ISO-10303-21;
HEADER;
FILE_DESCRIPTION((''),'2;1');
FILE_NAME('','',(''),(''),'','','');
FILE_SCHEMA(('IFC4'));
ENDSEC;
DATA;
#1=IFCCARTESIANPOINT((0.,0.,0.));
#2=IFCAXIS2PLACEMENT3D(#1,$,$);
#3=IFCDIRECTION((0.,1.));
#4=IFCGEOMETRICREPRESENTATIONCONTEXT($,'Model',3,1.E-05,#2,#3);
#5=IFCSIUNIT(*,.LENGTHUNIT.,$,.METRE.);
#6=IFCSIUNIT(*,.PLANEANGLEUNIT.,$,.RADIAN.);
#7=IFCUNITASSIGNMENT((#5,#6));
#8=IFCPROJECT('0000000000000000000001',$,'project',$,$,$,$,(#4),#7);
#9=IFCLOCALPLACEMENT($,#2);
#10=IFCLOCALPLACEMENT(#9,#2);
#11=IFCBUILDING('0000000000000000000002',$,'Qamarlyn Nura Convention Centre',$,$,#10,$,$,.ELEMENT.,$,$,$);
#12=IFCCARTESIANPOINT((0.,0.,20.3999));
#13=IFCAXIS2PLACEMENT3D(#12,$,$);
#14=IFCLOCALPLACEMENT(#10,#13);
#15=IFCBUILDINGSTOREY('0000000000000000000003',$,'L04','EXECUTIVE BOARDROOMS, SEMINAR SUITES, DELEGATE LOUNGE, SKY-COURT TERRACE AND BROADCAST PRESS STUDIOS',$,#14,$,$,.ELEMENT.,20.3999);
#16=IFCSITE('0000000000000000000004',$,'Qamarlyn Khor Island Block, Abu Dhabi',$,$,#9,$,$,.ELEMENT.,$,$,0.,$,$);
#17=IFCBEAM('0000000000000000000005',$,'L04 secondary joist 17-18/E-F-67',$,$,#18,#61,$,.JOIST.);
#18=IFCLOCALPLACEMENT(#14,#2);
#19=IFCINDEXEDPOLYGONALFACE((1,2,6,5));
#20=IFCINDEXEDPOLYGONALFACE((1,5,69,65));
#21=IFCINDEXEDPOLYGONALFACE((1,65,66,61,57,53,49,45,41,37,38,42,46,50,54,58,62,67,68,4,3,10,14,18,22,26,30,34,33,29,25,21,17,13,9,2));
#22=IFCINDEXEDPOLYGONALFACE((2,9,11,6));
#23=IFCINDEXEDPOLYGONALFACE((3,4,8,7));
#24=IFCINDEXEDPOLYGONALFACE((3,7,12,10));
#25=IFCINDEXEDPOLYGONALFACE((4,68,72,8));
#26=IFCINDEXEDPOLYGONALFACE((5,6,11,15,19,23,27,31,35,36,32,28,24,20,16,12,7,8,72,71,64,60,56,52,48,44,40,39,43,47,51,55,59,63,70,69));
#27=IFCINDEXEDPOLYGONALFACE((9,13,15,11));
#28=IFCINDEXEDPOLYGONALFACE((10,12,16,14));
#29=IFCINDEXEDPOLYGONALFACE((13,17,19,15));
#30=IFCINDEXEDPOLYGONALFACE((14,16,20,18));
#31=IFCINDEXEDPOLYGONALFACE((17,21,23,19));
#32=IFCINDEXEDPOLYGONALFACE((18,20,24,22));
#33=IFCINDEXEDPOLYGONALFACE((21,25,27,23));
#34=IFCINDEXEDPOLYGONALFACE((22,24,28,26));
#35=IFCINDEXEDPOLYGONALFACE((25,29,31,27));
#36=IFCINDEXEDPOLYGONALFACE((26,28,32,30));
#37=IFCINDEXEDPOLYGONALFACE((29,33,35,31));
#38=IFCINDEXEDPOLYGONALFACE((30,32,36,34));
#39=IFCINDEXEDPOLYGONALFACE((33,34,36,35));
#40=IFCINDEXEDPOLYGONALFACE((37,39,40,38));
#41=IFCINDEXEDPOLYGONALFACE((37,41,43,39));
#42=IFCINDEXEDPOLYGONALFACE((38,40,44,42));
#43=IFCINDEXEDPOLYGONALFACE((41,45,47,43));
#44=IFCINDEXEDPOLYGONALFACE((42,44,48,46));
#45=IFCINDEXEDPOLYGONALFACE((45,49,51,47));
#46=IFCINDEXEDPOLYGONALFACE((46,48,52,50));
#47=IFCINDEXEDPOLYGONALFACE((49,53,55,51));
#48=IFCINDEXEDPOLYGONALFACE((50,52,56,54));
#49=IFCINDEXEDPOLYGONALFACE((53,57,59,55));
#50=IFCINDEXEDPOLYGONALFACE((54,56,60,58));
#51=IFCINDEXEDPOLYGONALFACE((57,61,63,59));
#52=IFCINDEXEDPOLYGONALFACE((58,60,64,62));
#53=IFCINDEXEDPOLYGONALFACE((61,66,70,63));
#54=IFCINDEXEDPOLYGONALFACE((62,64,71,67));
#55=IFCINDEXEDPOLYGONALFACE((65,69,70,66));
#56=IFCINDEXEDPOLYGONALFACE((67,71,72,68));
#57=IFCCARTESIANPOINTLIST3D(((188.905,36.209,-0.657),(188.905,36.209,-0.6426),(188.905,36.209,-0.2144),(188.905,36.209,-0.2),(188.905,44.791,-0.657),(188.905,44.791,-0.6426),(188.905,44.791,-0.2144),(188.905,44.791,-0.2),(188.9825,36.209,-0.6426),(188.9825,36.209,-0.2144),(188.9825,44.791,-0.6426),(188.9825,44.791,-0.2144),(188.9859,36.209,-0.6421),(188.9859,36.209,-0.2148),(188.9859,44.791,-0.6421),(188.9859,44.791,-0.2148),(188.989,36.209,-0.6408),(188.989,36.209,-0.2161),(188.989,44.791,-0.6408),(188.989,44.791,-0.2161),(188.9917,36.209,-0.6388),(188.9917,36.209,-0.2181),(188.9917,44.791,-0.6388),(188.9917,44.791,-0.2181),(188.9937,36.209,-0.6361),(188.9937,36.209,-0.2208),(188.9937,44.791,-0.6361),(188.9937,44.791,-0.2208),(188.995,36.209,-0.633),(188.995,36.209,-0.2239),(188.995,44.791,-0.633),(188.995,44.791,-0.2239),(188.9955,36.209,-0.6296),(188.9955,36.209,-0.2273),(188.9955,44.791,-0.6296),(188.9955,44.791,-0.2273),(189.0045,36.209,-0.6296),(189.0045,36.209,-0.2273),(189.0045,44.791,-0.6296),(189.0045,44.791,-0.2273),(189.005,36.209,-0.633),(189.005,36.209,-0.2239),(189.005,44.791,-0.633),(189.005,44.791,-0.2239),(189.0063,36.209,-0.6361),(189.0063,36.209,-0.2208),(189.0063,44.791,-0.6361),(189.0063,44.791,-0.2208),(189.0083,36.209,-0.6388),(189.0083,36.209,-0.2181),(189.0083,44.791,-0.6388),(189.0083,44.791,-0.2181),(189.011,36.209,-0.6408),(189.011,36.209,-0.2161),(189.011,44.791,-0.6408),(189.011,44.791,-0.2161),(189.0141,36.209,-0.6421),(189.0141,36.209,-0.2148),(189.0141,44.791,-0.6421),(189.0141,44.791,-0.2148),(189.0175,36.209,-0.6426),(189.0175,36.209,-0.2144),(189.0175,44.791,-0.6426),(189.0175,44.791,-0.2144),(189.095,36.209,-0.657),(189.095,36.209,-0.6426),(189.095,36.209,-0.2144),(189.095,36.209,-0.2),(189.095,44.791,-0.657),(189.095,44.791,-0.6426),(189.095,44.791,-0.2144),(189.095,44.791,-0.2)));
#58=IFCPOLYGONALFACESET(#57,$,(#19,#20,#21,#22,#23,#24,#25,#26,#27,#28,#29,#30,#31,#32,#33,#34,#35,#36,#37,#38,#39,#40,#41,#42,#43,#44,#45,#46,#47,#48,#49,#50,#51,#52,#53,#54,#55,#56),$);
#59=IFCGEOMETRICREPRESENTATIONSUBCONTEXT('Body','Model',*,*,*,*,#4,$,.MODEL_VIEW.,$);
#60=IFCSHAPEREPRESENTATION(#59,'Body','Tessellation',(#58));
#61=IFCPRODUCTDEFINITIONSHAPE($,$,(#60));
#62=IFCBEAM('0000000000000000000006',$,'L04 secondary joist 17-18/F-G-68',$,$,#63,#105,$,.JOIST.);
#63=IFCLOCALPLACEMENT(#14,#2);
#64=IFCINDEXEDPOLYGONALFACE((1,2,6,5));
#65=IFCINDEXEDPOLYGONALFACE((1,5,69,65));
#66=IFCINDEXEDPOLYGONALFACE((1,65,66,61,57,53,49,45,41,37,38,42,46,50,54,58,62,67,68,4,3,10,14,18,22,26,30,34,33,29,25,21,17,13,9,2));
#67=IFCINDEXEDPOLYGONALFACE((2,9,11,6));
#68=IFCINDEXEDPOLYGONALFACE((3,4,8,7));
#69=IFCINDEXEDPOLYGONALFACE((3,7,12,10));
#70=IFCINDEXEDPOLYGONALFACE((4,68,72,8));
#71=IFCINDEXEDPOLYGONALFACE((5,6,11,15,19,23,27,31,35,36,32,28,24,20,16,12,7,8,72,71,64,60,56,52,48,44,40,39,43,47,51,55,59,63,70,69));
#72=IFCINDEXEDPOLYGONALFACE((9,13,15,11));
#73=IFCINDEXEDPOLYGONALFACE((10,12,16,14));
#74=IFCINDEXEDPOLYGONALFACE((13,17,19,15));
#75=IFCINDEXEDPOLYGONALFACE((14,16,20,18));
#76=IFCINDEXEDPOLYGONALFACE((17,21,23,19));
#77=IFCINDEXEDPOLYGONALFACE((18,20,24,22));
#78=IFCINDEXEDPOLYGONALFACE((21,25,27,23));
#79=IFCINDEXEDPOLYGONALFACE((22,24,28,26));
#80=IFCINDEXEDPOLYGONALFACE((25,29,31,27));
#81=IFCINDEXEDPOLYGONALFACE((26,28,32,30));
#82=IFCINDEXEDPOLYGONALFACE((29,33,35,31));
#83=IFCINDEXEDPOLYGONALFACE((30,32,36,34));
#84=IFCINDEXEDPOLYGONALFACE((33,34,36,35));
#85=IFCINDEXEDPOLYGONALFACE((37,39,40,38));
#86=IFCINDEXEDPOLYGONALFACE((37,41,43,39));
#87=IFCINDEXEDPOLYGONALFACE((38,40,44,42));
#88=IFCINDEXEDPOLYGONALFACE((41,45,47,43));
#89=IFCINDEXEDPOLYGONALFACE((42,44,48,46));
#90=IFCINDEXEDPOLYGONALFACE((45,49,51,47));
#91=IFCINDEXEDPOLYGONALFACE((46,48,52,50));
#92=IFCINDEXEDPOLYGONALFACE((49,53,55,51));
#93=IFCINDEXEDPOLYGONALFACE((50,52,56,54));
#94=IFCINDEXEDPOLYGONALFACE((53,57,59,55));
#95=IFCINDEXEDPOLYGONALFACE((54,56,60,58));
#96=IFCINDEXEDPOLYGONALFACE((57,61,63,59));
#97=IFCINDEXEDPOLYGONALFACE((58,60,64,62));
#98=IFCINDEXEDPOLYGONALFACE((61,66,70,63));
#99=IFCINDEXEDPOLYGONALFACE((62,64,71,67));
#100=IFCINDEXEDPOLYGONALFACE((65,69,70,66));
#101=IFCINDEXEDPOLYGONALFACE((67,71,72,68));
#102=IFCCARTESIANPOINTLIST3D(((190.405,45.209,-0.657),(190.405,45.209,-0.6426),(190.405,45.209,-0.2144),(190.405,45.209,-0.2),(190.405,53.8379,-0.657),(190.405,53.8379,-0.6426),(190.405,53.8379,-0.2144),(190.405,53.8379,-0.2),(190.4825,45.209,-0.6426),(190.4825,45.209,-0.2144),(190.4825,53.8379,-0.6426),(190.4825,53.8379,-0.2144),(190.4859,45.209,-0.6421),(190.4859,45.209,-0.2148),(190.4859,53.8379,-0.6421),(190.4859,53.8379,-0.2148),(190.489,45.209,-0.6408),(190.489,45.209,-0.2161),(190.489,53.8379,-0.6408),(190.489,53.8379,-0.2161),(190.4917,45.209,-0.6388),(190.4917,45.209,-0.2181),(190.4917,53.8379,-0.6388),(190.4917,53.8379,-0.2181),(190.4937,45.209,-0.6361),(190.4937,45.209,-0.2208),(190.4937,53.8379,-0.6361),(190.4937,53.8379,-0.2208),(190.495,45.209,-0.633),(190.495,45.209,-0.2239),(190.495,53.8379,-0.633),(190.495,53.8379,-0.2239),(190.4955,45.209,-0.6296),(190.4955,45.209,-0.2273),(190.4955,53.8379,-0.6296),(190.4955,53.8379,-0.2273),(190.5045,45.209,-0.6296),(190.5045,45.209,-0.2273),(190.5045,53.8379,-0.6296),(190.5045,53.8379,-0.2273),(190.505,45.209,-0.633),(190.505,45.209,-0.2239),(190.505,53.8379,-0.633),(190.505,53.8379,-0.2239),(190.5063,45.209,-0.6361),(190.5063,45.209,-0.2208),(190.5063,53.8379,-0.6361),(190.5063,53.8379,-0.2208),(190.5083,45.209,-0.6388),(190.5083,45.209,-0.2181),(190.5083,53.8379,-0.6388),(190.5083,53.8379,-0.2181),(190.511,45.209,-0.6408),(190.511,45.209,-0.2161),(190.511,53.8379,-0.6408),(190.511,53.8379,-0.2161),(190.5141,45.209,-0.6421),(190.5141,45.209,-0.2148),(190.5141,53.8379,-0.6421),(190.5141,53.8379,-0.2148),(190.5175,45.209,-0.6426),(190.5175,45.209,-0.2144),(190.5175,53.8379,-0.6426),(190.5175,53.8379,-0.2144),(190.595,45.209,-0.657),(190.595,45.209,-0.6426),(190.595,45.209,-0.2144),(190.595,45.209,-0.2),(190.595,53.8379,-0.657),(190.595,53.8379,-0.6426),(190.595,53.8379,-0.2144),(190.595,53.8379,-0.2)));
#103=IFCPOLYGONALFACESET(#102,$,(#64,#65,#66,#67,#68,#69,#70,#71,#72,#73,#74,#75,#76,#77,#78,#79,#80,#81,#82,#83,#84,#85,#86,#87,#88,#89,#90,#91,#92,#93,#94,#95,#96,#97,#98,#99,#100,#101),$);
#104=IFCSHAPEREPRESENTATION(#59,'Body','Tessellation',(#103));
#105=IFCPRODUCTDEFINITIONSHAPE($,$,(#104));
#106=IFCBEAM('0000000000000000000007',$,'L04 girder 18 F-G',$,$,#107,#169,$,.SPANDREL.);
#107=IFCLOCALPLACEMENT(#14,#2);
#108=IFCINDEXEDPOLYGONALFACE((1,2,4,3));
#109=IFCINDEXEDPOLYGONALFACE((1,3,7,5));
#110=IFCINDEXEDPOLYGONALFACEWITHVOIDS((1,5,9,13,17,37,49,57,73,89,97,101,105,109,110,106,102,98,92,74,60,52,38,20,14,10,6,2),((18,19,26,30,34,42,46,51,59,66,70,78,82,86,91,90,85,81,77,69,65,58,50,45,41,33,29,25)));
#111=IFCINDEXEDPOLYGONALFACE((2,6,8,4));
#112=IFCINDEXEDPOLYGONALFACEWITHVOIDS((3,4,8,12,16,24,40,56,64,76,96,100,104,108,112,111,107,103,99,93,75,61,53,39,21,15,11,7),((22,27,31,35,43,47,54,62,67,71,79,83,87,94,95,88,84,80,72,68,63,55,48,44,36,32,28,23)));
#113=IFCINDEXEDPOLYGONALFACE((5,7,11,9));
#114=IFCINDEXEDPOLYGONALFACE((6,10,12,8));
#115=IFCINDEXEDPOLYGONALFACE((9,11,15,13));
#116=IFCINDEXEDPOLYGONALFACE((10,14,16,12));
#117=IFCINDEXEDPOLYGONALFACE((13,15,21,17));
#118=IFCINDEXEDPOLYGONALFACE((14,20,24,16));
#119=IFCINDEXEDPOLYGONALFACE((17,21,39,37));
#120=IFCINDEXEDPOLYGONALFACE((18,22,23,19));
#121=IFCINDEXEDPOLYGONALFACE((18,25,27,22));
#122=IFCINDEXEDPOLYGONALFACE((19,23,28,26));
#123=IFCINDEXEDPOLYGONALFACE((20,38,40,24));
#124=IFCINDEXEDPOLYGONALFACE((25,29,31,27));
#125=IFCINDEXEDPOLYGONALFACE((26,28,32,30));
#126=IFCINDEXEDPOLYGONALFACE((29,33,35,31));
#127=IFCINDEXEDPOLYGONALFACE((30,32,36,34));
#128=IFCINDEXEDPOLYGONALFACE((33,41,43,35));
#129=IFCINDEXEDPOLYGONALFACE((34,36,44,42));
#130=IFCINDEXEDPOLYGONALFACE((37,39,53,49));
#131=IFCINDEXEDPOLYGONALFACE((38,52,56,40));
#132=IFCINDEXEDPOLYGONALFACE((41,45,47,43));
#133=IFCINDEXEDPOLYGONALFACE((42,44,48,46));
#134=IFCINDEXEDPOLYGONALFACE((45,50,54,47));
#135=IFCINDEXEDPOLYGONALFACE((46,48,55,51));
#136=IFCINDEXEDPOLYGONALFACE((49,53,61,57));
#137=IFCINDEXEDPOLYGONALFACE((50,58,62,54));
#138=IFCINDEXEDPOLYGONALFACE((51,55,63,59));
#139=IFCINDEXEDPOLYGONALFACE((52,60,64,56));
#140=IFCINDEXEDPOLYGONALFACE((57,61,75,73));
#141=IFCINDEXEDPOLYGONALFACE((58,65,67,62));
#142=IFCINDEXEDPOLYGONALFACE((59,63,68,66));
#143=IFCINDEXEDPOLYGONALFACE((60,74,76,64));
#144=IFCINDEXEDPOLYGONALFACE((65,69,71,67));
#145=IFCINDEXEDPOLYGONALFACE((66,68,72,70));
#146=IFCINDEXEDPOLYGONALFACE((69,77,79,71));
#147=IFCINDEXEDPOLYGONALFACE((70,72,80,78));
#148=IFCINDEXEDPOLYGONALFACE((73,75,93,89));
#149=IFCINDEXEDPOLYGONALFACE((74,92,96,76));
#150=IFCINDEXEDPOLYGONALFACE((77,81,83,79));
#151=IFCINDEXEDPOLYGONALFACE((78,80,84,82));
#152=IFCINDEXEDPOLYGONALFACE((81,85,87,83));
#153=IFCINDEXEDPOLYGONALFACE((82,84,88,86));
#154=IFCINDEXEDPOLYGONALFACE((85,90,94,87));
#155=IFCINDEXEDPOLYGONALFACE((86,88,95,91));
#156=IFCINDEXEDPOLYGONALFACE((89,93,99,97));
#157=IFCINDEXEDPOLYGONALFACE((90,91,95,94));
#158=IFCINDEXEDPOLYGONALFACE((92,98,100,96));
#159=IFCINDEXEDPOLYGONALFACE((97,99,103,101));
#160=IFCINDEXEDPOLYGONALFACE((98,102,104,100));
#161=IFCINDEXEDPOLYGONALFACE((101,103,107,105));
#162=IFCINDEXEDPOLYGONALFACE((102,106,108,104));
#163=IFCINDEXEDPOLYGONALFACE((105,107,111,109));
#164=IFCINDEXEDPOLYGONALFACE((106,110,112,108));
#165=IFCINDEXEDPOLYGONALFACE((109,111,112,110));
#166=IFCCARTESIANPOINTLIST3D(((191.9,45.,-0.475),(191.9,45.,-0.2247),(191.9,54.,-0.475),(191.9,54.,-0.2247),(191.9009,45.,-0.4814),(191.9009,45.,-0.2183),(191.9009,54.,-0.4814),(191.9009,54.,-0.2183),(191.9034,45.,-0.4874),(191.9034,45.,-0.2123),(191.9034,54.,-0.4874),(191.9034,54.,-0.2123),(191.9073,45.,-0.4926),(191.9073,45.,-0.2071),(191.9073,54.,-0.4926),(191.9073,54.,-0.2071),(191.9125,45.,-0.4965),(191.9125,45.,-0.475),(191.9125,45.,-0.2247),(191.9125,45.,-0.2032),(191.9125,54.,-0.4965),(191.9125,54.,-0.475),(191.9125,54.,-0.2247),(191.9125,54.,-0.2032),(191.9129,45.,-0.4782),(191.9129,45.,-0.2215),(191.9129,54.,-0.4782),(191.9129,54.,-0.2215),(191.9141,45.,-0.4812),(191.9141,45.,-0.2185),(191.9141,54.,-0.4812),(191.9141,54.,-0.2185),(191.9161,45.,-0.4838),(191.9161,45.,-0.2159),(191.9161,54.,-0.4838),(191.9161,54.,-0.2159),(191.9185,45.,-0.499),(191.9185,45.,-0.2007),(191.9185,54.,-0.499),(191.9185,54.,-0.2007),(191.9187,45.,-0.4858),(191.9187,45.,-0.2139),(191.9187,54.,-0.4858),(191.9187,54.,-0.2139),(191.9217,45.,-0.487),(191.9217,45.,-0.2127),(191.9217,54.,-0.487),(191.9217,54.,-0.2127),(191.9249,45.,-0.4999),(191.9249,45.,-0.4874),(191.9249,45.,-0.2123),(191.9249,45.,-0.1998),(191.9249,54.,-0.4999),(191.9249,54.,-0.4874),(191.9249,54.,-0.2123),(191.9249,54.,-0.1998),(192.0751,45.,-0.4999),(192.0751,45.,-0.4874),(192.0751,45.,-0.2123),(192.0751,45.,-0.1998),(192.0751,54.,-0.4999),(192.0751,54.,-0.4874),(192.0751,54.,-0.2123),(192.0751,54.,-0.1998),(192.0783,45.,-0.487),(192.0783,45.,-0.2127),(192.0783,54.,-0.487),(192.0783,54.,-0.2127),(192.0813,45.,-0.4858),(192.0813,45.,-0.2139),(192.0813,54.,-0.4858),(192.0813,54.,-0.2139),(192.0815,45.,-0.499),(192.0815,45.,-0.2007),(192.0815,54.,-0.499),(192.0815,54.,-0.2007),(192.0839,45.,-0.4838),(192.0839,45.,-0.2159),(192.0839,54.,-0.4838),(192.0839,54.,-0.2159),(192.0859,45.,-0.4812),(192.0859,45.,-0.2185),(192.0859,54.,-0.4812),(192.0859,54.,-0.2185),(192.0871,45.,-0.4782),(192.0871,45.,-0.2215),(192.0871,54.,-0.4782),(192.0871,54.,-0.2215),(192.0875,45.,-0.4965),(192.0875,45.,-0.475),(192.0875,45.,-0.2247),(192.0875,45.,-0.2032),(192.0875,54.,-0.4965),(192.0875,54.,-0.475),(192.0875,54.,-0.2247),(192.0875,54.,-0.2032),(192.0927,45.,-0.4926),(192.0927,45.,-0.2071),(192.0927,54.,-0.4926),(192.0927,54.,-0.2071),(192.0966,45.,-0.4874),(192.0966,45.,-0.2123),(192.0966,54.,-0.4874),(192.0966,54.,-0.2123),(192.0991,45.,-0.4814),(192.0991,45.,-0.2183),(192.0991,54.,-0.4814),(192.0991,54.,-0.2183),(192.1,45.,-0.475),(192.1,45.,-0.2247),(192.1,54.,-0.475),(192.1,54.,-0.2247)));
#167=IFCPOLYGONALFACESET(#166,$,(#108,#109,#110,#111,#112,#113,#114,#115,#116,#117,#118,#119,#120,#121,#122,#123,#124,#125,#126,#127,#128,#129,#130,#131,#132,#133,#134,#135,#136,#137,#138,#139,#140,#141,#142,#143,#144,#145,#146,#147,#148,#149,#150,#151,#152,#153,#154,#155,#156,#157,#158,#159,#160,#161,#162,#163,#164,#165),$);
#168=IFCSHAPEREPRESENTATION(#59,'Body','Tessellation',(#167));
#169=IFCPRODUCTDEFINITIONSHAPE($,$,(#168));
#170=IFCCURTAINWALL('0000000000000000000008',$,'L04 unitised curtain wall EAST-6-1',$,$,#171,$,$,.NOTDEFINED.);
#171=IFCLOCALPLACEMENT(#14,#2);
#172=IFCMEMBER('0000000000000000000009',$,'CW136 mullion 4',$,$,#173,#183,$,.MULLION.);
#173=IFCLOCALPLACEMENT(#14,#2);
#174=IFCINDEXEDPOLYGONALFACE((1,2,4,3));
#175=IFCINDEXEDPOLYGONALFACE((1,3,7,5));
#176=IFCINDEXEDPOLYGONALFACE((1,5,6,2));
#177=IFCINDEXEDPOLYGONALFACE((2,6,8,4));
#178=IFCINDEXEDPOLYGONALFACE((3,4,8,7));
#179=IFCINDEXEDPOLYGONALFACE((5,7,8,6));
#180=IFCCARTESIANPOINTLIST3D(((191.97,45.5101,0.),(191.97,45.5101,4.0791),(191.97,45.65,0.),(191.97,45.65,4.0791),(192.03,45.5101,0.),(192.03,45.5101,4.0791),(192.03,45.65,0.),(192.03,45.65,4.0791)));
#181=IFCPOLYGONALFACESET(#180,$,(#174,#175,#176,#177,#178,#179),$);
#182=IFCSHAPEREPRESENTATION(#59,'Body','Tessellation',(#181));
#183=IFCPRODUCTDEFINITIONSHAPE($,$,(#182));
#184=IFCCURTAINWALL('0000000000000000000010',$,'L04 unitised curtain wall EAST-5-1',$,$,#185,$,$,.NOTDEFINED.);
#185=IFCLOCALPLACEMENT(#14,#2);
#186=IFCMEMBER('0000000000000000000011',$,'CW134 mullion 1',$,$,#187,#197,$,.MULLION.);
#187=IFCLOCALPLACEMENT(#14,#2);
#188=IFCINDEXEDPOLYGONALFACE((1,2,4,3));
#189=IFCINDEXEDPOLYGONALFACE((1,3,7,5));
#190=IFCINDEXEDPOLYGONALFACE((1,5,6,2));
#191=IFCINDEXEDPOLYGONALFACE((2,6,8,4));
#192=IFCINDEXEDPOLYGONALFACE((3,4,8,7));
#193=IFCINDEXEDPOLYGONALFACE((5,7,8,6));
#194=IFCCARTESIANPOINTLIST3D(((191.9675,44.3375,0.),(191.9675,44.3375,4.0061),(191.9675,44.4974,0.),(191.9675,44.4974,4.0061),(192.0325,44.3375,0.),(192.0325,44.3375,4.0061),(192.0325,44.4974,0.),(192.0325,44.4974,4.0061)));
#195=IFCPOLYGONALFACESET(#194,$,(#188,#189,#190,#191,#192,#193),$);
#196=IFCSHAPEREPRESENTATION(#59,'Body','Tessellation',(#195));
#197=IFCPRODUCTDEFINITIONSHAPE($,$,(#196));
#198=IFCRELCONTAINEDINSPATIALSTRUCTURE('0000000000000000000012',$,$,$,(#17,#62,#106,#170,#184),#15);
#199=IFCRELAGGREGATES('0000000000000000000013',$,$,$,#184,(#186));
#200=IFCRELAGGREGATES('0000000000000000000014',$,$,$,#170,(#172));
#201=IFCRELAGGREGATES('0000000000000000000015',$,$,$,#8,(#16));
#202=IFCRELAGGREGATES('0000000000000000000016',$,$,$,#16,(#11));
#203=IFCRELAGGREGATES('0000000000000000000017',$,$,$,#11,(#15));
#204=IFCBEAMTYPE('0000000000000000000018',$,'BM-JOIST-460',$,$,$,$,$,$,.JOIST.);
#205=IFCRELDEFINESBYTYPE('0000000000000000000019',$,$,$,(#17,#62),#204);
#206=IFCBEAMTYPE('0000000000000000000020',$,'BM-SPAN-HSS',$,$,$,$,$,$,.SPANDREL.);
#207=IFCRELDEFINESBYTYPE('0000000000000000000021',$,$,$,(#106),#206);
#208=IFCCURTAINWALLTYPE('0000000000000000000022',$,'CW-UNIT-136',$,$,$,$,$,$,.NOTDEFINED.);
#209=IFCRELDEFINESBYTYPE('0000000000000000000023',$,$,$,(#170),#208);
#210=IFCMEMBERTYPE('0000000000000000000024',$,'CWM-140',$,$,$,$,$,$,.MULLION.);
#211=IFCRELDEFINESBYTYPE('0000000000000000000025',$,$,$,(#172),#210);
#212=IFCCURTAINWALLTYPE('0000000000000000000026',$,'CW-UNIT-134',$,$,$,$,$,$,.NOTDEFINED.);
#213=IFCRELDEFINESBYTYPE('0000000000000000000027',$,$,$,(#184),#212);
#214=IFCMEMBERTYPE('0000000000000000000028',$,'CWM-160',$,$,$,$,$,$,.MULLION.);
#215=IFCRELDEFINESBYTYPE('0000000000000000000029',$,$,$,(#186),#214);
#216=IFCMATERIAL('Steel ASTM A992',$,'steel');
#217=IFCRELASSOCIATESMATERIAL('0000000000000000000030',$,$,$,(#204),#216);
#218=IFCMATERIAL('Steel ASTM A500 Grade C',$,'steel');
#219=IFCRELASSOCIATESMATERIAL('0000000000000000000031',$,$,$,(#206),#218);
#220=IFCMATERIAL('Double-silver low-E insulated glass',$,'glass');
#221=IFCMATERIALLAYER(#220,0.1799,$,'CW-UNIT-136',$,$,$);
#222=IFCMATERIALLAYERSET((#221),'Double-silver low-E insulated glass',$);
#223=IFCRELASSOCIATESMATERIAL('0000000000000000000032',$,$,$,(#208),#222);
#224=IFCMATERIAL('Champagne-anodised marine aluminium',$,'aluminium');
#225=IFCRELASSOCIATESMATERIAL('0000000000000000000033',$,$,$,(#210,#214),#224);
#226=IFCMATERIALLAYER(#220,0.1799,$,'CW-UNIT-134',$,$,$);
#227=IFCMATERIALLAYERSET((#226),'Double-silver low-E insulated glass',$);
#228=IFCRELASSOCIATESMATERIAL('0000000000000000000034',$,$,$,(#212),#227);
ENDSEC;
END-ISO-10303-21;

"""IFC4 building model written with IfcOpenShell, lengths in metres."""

from ifc_helpers import new_model, si_unit, direction, frame, origin, origin_2d, place, context, subcontext, project, spatial, rectangle, hollow_rectangle, i_section, extrude, material, layer, layer_set, material_profile, profile_set, type_object, element, aggregate, save


model = new_model("IFC4")

# Units and contexts
model_context = context("Model", 3, precision=1e-05, world=origin(), true_north=direction((0.0, 1.0)))
body_context = subcontext(model_context, "Body", "Model", "MODEL_VIEW")
ifc_project = project(units=[si_unit("LENGTHUNIT", "METRE"), si_unit("PLANEANGLEUNIT", "RADIAN")], contexts=[model_context])

# Site, building, storey
site_placement = place(None, origin())
site = spatial("IfcSite", under=ifc_project, at=site_placement, Name="Qamarlyn Khor Island Block, Abu Dhabi", CompositionType="ELEMENT", RefElevation=0.0)
building_placement = place(site_placement, origin())
building = spatial("IfcBuilding", under=site, at=building_placement, Name="Qamarlyn Nura Convention Centre", CompositionType="ELEMENT")
storey_placement = place(building_placement, frame((0.0, 0.0, 20.3999)))
storey = spatial("IfcBuildingStorey", under=building, at=storey_placement, Name="L04", Description="EXECUTIVE BOARDROOMS, SEMINAR SUITES, DELEGATE LOUNGE, SKY-COURT TERRACE AND BROADCAST PRESS STUDIOS", CompositionType="ELEMENT", Elevation=20.3999)

# Beams
ifc_material_1 = material(Name="Steel ASTM A992", Category="steel")
ifc_material_profile_1 = material_profile(ifc_material_1, i_section(OverallWidth=0.1899, OverallDepth=0.457, WebThickness=0.009, FlangeThickness=0.0144, FilletRadius=0.0129, at=origin_2d()), Name="W460X74")
ifc_profile_set_1 = profile_set([ifc_material_profile_1], Name="Steel ASTM A992")
beam_type_1 = type_object("IfcBeamType", Name="BM-JOIST-460", PredefinedType="JOIST", material=ifc_profile_set_1)
beam_1_placement = place(storey_placement, frame((189.0, 36.209, -0.4285), z_axis=(0.0, 1.0, 0.0), x_axis=(-1.0, 0.0, 0.0)))
element("IfcBeam", 1, at=beam_1_placement, inside=storey, type_object=beam_type_1, Name="L04 secondary joist 17-18/E-F-67", PredefinedType="JOIST", context=body_context, shape_type="SweptSolid", body=[
    extrude(i_section(OverallWidth=0.1899, OverallDepth=0.457, WebThickness=0.009, FlangeThickness=0.0144, FilletRadius=0.0129, at=origin_2d()), origin(), (0.0, 0.0, 1.0), 8.582),
])
beam_2_placement = place(storey_placement, frame((190.5, 45.209, -0.4285), z_axis=(0.0, 1.0, 0.0), x_axis=(-1.0, 0.0, 0.0)))
element("IfcBeam", 2, at=beam_2_placement, inside=storey, type_object=beam_type_1, Name="L04 secondary joist 17-18/F-G-68", PredefinedType="JOIST", context=body_context, shape_type="SweptSolid", body=[
    extrude(i_section(OverallWidth=0.1899, OverallDepth=0.457, WebThickness=0.009, FlangeThickness=0.0144, FilletRadius=0.0129, at=origin_2d()), origin(), (0.0, 0.0, 1.0), 8.6289),
])
ifc_material_2 = material(Name="Steel ASTM A500 Grade C", Category="steel")
ifc_material_profile_2 = material_profile(ifc_material_2, hollow_rectangle(XDim=0.2, YDim=0.3, WallThickness=0.0125, InnerFilletRadius=0.0125, OuterFilletRadius=0.0249, at=origin_2d()), Name="HSS300X200X12.5")
ifc_profile_set_2 = profile_set([ifc_material_profile_2], Name="Steel ASTM A500 Grade C")
beam_type_2 = type_object("IfcBeamType", Name="BM-SPAN-HSS", PredefinedType="SPANDREL", material=ifc_profile_set_2)
beam_3_placement = place(storey_placement, frame((192.0, 45.0, -0.3499), z_axis=(0.0, 1.0, 0.0), x_axis=(-1.0, 0.0, 0.0)))
element("IfcBeam", 3, at=beam_3_placement, inside=storey, type_object=beam_type_2, Name="L04 girder 18 F-G", PredefinedType="SPANDREL", context=body_context, shape_type="SweptSolid", body=[
    extrude(hollow_rectangle(XDim=0.2, YDim=0.3, WallThickness=0.0125, InnerFilletRadius=0.0125, OuterFilletRadius=0.0249, at=origin_2d()), origin(), (0.0, 0.0, 1.0), 9.0),
])

# Curtain wall, member
ifc_material_3 = material(Name="Double-silver low-E insulated glass", Category="glass")
ifc_layer_1 = layer(ifc_material_3, 0.1799, Name="CW-UNIT-136")
ifc_layer_set_1 = layer_set([ifc_layer_1], Name="Double-silver low-E insulated glass")
curtain_wall_type_1 = type_object("IfcCurtainWallType", Name="CW-UNIT-136", PredefinedType="NOTDEFINED", material=ifc_layer_set_1)
curtain_wall_1_placement = place(storey_placement, origin())
curtain_wall_1 = element("IfcCurtainWall", 4, at=curtain_wall_1_placement, inside=storey, type_object=curtain_wall_type_1, Name="L04 unitised curtain wall EAST-6-1", PredefinedType="NOTDEFINED")
ifc_material_4 = material(Name="Champagne-anodised marine aluminium", Category="aluminium")
ifc_material_profile_3 = material_profile(ifc_material_4, rectangle(XDim=0.0601, YDim=0.1399, at=origin_2d()), Name="ALU MULLION 60x140")
ifc_profile_set_3 = profile_set([ifc_material_profile_3], Name="Champagne-anodised marine aluminium")
member_type_1 = type_object("IfcMemberType", Name="CWM-140", PredefinedType="MULLION", material=ifc_profile_set_3)
member_1_placement = place(storey_placement, frame((192.0, 45.5801, 0.0), z_axis=(0.0, 0.0, 1.0), x_axis=(1.0, 0.0, 0.0)))
member_1 = element("IfcMember", 5, at=member_1_placement, type_object=member_type_1, Name="CW136 mullion 4", PredefinedType="MULLION", context=body_context, shape_type="SweptSolid", body=[
    extrude(rectangle(XDim=0.0601, YDim=0.1399, at=origin_2d()), origin(), (0.0, 0.0, 1.0), 4.0791),
])

# Curtain wall, member
ifc_layer_2 = layer(ifc_material_3, 0.1799, Name="CW-UNIT-134")
ifc_layer_set_2 = layer_set([ifc_layer_2], Name="Double-silver low-E insulated glass")
curtain_wall_type_2 = type_object("IfcCurtainWallType", Name="CW-UNIT-134", PredefinedType="NOTDEFINED", material=ifc_layer_set_2)
curtain_wall_2_placement = place(storey_placement, origin())
curtain_wall_2 = element("IfcCurtainWall", 6, at=curtain_wall_2_placement, inside=storey, type_object=curtain_wall_type_2, Name="L04 unitised curtain wall EAST-5-1", PredefinedType="NOTDEFINED")
ifc_material_profile_4 = material_profile(ifc_material_4, rectangle(XDim=0.0649, YDim=0.1599, at=origin_2d()), Name="ALU MULLION 65x160")
ifc_profile_set_4 = profile_set([ifc_material_profile_4], Name="Champagne-anodised marine aluminium")
member_type_2 = type_object("IfcMemberType", Name="CWM-160", PredefinedType="MULLION", material=ifc_profile_set_4)
member_2_placement = place(storey_placement, frame((192.0, 44.4175, 0.0), z_axis=(0.0, 0.0, 1.0), x_axis=(1.0, 0.0, 0.0)))
member_2 = element("IfcMember", 7, at=member_2_placement, type_object=member_type_2, Name="CW134 mullion 1", PredefinedType="MULLION", context=body_context, shape_type="SweptSolid", body=[
    extrude(rectangle(XDim=0.0649, YDim=0.1599, at=origin_2d()), origin(), (0.0, 0.0, 1.0), 4.0061),
])
aggregate(curtain_wall_2, [member_2])

aggregate(curtain_wall_1, [member_1])

save(model, "model.ifc")
